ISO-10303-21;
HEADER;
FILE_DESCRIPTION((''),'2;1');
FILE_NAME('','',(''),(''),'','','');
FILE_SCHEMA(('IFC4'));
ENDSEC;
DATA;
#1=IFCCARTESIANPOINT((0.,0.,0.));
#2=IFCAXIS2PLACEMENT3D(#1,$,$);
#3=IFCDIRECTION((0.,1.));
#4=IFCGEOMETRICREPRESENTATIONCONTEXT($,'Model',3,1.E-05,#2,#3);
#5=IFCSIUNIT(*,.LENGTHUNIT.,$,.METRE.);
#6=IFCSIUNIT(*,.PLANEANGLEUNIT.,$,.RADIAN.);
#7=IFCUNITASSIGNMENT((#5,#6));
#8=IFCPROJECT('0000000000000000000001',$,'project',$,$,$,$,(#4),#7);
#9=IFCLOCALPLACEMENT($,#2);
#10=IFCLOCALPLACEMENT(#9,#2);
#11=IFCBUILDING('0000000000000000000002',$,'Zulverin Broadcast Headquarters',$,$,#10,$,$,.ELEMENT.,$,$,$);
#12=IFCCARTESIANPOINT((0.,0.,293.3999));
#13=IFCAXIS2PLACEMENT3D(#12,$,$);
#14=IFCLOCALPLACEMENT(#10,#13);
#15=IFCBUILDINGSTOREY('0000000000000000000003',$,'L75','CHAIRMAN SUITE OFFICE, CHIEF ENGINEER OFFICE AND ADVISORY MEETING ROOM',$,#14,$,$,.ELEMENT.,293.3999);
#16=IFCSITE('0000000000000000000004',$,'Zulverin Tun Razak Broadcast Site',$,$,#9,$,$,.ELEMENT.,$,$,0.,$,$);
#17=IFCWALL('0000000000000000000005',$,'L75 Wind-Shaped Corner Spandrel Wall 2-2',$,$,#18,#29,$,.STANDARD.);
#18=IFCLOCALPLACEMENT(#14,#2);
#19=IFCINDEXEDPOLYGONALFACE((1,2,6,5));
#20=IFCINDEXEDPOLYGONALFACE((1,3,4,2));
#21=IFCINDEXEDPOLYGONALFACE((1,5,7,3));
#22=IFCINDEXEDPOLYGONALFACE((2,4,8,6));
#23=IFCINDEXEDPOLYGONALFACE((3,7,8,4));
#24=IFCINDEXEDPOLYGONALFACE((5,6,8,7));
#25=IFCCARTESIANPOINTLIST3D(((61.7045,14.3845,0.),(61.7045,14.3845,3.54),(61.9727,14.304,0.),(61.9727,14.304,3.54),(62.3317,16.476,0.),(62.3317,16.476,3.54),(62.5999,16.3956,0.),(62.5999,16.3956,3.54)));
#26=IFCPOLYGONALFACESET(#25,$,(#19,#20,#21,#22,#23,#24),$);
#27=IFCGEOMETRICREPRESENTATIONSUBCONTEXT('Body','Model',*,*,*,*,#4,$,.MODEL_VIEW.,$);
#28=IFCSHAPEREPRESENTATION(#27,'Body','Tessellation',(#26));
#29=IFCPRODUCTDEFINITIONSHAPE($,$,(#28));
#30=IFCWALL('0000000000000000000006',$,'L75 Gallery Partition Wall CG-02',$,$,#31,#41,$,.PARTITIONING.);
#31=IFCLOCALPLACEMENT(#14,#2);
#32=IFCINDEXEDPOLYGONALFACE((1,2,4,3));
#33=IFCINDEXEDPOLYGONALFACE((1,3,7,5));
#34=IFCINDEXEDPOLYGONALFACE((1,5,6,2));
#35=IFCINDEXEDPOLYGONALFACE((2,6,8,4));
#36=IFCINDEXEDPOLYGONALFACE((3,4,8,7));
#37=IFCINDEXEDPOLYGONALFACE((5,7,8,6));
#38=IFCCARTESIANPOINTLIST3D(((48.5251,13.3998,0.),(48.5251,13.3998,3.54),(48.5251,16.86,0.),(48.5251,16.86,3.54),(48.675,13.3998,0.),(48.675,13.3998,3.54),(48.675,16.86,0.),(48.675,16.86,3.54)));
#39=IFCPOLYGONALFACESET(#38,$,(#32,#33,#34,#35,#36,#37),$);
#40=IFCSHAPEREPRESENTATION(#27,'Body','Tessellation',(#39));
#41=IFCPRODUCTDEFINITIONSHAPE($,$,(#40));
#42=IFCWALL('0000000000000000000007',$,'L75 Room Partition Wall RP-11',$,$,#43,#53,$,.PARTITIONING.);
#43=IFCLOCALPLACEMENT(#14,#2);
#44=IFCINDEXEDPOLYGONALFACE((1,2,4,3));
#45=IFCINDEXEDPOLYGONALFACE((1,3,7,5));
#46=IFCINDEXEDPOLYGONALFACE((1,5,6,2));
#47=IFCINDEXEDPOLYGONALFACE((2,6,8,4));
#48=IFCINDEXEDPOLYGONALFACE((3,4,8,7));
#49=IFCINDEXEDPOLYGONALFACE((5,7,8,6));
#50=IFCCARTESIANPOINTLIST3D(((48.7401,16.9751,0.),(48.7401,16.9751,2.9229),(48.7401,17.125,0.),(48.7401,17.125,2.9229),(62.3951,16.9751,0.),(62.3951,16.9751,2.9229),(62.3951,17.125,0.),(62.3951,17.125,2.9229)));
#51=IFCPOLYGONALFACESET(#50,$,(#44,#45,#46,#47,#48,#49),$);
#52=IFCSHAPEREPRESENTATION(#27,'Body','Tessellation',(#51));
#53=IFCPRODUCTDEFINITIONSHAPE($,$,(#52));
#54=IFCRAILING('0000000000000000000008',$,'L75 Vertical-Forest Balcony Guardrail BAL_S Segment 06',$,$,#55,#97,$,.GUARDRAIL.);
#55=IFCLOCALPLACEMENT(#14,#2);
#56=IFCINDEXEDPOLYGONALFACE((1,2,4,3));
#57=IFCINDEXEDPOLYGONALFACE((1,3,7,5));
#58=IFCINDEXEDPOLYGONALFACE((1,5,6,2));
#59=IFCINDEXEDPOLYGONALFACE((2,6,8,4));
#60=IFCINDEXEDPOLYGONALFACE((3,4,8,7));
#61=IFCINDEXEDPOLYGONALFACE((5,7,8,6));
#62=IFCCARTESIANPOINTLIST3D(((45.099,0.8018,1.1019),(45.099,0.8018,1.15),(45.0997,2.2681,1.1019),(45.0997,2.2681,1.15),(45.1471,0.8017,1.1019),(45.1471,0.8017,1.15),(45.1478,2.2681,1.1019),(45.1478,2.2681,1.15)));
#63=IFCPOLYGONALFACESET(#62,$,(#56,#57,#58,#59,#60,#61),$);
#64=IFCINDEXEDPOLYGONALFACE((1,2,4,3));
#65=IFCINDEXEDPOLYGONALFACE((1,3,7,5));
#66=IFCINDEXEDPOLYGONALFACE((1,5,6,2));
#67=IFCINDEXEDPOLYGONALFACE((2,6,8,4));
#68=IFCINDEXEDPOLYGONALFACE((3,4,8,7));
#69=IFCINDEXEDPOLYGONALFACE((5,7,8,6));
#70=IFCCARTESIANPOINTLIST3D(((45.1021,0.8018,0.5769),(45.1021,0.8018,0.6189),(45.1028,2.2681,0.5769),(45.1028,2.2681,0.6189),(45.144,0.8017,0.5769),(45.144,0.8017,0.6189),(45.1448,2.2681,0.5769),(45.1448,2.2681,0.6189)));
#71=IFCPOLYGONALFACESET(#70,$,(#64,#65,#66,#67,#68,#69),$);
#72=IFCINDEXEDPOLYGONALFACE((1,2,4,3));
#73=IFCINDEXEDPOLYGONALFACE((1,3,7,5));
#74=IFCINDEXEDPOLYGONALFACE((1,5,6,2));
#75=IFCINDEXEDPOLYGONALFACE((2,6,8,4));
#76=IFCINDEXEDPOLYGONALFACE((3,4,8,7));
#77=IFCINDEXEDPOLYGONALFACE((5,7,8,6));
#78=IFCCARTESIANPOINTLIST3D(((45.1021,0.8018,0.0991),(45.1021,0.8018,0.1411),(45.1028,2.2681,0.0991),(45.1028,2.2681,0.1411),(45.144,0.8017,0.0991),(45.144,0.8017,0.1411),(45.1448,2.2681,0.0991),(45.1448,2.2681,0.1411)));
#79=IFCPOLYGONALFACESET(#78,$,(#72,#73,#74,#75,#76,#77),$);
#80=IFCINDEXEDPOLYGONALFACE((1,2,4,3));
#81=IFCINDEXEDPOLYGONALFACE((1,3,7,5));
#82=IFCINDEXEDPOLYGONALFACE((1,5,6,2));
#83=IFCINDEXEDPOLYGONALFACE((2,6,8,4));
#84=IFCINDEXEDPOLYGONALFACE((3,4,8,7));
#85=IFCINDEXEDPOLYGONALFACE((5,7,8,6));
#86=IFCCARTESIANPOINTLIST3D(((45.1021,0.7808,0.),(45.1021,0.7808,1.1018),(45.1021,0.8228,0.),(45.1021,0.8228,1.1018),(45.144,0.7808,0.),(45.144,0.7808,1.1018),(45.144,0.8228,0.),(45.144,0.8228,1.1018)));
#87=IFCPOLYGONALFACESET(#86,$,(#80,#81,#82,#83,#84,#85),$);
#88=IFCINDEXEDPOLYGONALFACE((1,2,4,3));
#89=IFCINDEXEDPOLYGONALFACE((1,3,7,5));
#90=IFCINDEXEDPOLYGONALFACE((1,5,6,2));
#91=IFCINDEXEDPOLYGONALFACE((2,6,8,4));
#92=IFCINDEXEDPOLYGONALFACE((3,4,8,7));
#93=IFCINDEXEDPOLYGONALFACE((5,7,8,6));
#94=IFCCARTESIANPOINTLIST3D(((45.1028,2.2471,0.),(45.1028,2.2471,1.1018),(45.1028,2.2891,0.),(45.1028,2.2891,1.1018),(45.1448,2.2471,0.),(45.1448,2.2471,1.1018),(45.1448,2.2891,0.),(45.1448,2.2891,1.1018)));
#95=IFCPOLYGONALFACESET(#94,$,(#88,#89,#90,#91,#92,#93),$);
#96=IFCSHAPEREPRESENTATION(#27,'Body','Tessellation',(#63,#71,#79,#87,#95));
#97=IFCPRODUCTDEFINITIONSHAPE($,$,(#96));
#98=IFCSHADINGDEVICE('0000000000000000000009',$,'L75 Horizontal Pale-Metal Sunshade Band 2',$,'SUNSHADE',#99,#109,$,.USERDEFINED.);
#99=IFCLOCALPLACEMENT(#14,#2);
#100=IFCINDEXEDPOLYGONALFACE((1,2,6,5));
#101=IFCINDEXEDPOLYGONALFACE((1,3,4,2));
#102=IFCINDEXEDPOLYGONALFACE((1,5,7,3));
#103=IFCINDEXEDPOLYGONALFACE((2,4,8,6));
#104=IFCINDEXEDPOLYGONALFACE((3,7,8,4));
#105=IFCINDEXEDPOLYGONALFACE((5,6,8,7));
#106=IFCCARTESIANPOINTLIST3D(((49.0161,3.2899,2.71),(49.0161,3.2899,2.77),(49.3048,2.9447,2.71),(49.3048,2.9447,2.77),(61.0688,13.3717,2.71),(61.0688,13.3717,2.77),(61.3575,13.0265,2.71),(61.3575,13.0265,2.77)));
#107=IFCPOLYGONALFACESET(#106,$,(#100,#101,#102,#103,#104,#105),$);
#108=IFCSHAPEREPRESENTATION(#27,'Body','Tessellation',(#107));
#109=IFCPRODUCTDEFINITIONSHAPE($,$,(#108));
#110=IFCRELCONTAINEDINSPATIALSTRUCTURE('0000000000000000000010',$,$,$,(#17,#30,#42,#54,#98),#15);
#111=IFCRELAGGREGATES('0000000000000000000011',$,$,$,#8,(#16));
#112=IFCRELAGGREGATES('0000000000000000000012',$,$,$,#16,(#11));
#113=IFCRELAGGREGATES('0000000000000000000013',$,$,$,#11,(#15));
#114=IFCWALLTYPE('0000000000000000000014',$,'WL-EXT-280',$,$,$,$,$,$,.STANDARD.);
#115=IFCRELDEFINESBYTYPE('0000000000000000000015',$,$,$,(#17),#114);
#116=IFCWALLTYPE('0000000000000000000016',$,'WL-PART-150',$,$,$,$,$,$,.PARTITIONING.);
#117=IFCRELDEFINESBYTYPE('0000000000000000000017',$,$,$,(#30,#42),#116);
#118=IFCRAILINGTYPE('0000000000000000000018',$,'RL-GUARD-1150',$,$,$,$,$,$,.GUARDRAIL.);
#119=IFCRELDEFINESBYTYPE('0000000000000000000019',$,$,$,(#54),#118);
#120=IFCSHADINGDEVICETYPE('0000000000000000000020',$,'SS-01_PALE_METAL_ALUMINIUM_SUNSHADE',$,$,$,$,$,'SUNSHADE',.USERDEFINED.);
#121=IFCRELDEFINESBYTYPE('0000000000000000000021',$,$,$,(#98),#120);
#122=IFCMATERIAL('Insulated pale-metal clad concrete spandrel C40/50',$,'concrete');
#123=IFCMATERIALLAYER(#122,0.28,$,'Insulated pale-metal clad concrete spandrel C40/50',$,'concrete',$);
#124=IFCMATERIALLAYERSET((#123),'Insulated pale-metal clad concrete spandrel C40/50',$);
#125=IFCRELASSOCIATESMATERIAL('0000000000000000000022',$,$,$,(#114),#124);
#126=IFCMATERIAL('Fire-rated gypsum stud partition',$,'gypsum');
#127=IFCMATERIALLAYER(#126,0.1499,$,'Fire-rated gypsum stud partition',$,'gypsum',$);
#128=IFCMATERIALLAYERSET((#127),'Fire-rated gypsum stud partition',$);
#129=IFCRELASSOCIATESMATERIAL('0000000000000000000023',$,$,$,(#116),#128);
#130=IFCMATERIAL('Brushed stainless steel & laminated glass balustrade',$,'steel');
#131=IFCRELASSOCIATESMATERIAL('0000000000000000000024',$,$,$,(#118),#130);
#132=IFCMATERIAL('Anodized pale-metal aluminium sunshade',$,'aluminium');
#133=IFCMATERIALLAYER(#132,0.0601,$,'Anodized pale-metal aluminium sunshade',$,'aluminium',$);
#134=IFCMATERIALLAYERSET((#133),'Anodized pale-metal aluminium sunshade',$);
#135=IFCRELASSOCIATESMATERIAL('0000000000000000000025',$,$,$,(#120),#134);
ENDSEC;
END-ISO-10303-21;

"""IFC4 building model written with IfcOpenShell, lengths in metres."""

from ifc_helpers import new_model, si_unit, direction, frame, frame_2d, origin, origin_2d, place, context, subcontext, project, spatial, rectangle, extrude, material, layer, layer_set, type_object, element, save


model = new_model("IFC4")

# Units and contexts
model_context = context("Model", 3, precision=1e-05, world=origin(), true_north=direction((0.0, 1.0)))
body_context = subcontext(model_context, "Body", "Model", "MODEL_VIEW")
ifc_project = project(units=[si_unit("LENGTHUNIT", "METRE"), si_unit("PLANEANGLEUNIT", "RADIAN")], contexts=[model_context])

# Site, building, storey
site_placement = place(None, origin())
site = spatial("IfcSite", under=ifc_project, at=site_placement, Name="Zulverin Tun Razak Broadcast Site", CompositionType="ELEMENT", RefElevation=0.0)
building_placement = place(site_placement, origin())
building = spatial("IfcBuilding", under=site, at=building_placement, Name="Zulverin Broadcast Headquarters", CompositionType="ELEMENT")
storey_placement = place(building_placement, frame((0.0, 0.0, 293.3999)))
storey = spatial("IfcBuildingStorey", under=building, at=storey_placement, Name="L75", Description="CHAIRMAN SUITE OFFICE, CHIEF ENGINEER OFFICE AND ADVISORY MEETING ROOM", CompositionType="ELEMENT", Elevation=293.3999)

# Shared definitions
ifc_material_1 = material(Name="Insulated pale-metal clad concrete spandrel C40/50", Category="concrete")
ifc_layer_1 = layer(ifc_material_1, 0.28, Name="Insulated pale-metal clad concrete spandrel C40/50", Category="concrete")
ifc_layer_set_1 = layer_set([ifc_layer_1], Name="Insulated pale-metal clad concrete spandrel C40/50")
wall_type_1 = type_object("IfcWallType", Name="WL-EXT-280", PredefinedType="STANDARD", material=ifc_layer_set_1)

# Walls
wall_1_placement = place(storey_placement, frame((61.8386, 14.3442, 0.0), z_axis=(0.0, 0.0, 1.0), x_axis=(0.287235, 0.95786, 0.0)))
element("IfcWall", 1, at=wall_1_placement, inside=storey, type_object=wall_type_1, Name="L75 Wind-Shaped Corner Spandrel Wall 2-2", PredefinedType="STANDARD", context=body_context, shape_type="SweptSolid", body=[
    extrude(rectangle(XDim=2.1836, YDim=0.28, at=frame_2d((1.0918, 0.0))), origin(), (0.0, 0.0, 1.0), 3.54),
])
ifc_material_2 = material(Name="Fire-rated gypsum stud partition", Category="gypsum")
ifc_layer_2 = layer(ifc_material_2, 0.1499, Name="Fire-rated gypsum stud partition", Category="gypsum")
ifc_layer_set_2 = layer_set([ifc_layer_2], Name="Fire-rated gypsum stud partition")
wall_type_2 = type_object("IfcWallType", Name="WL-PART-150", PredefinedType="PARTITIONING", material=ifc_layer_set_2)
wall_2_placement = place(storey_placement, frame((48.6001, 13.3999, 0.0), z_axis=(0.0, 0.0, 1.0), x_axis=(0.0, 1.0, 0.0)))
element("IfcWall", 2, at=wall_2_placement, inside=storey, type_object=wall_type_2, Name="L75 Gallery Partition Wall CG-02", PredefinedType="PARTITIONING", context=body_context, shape_type="SweptSolid", body=[
    extrude(rectangle(XDim=3.4602, YDim=0.1499, at=frame_2d((1.73, 0.0))), origin(), (0.0, 0.0, 1.0), 3.54),
])
wall_3_placement = place(storey_placement, frame((48.74, 17.05, 0.0), z_axis=(0.0, 0.0, 1.0), x_axis=(1.0, 0.0, 0.0)))
element("IfcWall", 3, at=wall_3_placement, inside=storey, type_object=wall_type_2, Name="L75 Room Partition Wall RP-11", PredefinedType="PARTITIONING", context=body_context, shape_type="SweptSolid", body=[
    extrude(rectangle(XDim=13.655, YDim=0.1499, at=frame_2d((6.8276, 0.0))), origin(), (0.0, 0.0, 1.0), 2.9229),
])

# Railing
ifc_material_3 = material(Name="Brushed stainless steel & laminated glass balustrade", Category="steel")
railing_type = type_object("IfcRailingType", Name="RL-GUARD-1150", PredefinedType="GUARDRAIL", material=ifc_material_3)
railing_placement = place(storey_placement, frame((45.123, 0.8018, 0.0)))
element("IfcRailing", 4, at=railing_placement, inside=storey, type_object=railing_type, Name="L75 Vertical-Forest Balcony Guardrail BAL_S Segment 06", PredefinedType="GUARDRAIL", context=body_context, shape_type="SweptSolid", body=[
    extrude(rectangle(XDim=0.0481, YDim=0.0481, at=origin_2d()), frame((0.0, 0.0, 1.126), z_axis=(0.0005, 1.0, 0.0), x_axis=(-1.0, 0.0005, 0.0)), (0.0, 0.0, 1.0), 1.4663),
    extrude(rectangle(XDim=0.042, YDim=0.042, at=origin_2d()), frame((0.0, 0.0, 0.5979), z_axis=(0.0005, 1.0, 0.0), x_axis=(-1.0, 0.0005, 0.0)), (0.0, 0.0, 1.0), 1.4663),
    extrude(rectangle(XDim=0.042, YDim=0.042, at=origin_2d()), frame((0.0, 0.0, 0.1201), z_axis=(0.0005, 1.0, 0.0), x_axis=(-1.0, 0.0005, 0.0)), (0.0, 0.0, 1.0), 1.4663),
    extrude(rectangle(XDim=0.042, YDim=0.042, at=origin_2d()), origin(), (0.0, 0.0, 1.0), 1.1018),
    extrude(rectangle(XDim=0.042, YDim=0.042, at=origin_2d()), frame((0.0007, 1.4663, 0.0)), (0.0, 0.0, 1.0), 1.1018),
])

# Shading device
ifc_material_4 = material(Name="Anodized pale-metal aluminium sunshade", Category="aluminium")
ifc_layer_3 = layer(ifc_material_4, 0.0601, Name="Anodized pale-metal aluminium sunshade", Category="aluminium")
ifc_layer_set_3 = layer_set([ifc_layer_3], Name="Anodized pale-metal aluminium sunshade")
shading_device_type = type_object("IfcShadingDeviceType", Name="SS-01_PALE_METAL_ALUMINIUM_SUNSHADE", ElementType="SUNSHADE", PredefinedType="USERDEFINED", material=ifc_layer_set_3)
shading_device_placement = place(storey_placement, frame((55.1868, 8.1582, 2.71), z_axis=(0.0, 0.0, 1.0), x_axis=(0.767035, 0.641605, 0.0)))
element("IfcShadingDevice", 5, at=shading_device_placement, inside=storey, type_object=shading_device_type, Name="L75 Horizontal Pale-Metal Sunshade Band 2", ObjectType="SUNSHADE", PredefinedType="USERDEFINED", context=body_context, shape_type="SweptSolid", body=[
    extrude(rectangle(XDim=15.7134, YDim=0.45, at=origin_2d()), origin(), (0.0, 0.0, 1.0), 0.0601),
])

save(model, "model.ifc")
